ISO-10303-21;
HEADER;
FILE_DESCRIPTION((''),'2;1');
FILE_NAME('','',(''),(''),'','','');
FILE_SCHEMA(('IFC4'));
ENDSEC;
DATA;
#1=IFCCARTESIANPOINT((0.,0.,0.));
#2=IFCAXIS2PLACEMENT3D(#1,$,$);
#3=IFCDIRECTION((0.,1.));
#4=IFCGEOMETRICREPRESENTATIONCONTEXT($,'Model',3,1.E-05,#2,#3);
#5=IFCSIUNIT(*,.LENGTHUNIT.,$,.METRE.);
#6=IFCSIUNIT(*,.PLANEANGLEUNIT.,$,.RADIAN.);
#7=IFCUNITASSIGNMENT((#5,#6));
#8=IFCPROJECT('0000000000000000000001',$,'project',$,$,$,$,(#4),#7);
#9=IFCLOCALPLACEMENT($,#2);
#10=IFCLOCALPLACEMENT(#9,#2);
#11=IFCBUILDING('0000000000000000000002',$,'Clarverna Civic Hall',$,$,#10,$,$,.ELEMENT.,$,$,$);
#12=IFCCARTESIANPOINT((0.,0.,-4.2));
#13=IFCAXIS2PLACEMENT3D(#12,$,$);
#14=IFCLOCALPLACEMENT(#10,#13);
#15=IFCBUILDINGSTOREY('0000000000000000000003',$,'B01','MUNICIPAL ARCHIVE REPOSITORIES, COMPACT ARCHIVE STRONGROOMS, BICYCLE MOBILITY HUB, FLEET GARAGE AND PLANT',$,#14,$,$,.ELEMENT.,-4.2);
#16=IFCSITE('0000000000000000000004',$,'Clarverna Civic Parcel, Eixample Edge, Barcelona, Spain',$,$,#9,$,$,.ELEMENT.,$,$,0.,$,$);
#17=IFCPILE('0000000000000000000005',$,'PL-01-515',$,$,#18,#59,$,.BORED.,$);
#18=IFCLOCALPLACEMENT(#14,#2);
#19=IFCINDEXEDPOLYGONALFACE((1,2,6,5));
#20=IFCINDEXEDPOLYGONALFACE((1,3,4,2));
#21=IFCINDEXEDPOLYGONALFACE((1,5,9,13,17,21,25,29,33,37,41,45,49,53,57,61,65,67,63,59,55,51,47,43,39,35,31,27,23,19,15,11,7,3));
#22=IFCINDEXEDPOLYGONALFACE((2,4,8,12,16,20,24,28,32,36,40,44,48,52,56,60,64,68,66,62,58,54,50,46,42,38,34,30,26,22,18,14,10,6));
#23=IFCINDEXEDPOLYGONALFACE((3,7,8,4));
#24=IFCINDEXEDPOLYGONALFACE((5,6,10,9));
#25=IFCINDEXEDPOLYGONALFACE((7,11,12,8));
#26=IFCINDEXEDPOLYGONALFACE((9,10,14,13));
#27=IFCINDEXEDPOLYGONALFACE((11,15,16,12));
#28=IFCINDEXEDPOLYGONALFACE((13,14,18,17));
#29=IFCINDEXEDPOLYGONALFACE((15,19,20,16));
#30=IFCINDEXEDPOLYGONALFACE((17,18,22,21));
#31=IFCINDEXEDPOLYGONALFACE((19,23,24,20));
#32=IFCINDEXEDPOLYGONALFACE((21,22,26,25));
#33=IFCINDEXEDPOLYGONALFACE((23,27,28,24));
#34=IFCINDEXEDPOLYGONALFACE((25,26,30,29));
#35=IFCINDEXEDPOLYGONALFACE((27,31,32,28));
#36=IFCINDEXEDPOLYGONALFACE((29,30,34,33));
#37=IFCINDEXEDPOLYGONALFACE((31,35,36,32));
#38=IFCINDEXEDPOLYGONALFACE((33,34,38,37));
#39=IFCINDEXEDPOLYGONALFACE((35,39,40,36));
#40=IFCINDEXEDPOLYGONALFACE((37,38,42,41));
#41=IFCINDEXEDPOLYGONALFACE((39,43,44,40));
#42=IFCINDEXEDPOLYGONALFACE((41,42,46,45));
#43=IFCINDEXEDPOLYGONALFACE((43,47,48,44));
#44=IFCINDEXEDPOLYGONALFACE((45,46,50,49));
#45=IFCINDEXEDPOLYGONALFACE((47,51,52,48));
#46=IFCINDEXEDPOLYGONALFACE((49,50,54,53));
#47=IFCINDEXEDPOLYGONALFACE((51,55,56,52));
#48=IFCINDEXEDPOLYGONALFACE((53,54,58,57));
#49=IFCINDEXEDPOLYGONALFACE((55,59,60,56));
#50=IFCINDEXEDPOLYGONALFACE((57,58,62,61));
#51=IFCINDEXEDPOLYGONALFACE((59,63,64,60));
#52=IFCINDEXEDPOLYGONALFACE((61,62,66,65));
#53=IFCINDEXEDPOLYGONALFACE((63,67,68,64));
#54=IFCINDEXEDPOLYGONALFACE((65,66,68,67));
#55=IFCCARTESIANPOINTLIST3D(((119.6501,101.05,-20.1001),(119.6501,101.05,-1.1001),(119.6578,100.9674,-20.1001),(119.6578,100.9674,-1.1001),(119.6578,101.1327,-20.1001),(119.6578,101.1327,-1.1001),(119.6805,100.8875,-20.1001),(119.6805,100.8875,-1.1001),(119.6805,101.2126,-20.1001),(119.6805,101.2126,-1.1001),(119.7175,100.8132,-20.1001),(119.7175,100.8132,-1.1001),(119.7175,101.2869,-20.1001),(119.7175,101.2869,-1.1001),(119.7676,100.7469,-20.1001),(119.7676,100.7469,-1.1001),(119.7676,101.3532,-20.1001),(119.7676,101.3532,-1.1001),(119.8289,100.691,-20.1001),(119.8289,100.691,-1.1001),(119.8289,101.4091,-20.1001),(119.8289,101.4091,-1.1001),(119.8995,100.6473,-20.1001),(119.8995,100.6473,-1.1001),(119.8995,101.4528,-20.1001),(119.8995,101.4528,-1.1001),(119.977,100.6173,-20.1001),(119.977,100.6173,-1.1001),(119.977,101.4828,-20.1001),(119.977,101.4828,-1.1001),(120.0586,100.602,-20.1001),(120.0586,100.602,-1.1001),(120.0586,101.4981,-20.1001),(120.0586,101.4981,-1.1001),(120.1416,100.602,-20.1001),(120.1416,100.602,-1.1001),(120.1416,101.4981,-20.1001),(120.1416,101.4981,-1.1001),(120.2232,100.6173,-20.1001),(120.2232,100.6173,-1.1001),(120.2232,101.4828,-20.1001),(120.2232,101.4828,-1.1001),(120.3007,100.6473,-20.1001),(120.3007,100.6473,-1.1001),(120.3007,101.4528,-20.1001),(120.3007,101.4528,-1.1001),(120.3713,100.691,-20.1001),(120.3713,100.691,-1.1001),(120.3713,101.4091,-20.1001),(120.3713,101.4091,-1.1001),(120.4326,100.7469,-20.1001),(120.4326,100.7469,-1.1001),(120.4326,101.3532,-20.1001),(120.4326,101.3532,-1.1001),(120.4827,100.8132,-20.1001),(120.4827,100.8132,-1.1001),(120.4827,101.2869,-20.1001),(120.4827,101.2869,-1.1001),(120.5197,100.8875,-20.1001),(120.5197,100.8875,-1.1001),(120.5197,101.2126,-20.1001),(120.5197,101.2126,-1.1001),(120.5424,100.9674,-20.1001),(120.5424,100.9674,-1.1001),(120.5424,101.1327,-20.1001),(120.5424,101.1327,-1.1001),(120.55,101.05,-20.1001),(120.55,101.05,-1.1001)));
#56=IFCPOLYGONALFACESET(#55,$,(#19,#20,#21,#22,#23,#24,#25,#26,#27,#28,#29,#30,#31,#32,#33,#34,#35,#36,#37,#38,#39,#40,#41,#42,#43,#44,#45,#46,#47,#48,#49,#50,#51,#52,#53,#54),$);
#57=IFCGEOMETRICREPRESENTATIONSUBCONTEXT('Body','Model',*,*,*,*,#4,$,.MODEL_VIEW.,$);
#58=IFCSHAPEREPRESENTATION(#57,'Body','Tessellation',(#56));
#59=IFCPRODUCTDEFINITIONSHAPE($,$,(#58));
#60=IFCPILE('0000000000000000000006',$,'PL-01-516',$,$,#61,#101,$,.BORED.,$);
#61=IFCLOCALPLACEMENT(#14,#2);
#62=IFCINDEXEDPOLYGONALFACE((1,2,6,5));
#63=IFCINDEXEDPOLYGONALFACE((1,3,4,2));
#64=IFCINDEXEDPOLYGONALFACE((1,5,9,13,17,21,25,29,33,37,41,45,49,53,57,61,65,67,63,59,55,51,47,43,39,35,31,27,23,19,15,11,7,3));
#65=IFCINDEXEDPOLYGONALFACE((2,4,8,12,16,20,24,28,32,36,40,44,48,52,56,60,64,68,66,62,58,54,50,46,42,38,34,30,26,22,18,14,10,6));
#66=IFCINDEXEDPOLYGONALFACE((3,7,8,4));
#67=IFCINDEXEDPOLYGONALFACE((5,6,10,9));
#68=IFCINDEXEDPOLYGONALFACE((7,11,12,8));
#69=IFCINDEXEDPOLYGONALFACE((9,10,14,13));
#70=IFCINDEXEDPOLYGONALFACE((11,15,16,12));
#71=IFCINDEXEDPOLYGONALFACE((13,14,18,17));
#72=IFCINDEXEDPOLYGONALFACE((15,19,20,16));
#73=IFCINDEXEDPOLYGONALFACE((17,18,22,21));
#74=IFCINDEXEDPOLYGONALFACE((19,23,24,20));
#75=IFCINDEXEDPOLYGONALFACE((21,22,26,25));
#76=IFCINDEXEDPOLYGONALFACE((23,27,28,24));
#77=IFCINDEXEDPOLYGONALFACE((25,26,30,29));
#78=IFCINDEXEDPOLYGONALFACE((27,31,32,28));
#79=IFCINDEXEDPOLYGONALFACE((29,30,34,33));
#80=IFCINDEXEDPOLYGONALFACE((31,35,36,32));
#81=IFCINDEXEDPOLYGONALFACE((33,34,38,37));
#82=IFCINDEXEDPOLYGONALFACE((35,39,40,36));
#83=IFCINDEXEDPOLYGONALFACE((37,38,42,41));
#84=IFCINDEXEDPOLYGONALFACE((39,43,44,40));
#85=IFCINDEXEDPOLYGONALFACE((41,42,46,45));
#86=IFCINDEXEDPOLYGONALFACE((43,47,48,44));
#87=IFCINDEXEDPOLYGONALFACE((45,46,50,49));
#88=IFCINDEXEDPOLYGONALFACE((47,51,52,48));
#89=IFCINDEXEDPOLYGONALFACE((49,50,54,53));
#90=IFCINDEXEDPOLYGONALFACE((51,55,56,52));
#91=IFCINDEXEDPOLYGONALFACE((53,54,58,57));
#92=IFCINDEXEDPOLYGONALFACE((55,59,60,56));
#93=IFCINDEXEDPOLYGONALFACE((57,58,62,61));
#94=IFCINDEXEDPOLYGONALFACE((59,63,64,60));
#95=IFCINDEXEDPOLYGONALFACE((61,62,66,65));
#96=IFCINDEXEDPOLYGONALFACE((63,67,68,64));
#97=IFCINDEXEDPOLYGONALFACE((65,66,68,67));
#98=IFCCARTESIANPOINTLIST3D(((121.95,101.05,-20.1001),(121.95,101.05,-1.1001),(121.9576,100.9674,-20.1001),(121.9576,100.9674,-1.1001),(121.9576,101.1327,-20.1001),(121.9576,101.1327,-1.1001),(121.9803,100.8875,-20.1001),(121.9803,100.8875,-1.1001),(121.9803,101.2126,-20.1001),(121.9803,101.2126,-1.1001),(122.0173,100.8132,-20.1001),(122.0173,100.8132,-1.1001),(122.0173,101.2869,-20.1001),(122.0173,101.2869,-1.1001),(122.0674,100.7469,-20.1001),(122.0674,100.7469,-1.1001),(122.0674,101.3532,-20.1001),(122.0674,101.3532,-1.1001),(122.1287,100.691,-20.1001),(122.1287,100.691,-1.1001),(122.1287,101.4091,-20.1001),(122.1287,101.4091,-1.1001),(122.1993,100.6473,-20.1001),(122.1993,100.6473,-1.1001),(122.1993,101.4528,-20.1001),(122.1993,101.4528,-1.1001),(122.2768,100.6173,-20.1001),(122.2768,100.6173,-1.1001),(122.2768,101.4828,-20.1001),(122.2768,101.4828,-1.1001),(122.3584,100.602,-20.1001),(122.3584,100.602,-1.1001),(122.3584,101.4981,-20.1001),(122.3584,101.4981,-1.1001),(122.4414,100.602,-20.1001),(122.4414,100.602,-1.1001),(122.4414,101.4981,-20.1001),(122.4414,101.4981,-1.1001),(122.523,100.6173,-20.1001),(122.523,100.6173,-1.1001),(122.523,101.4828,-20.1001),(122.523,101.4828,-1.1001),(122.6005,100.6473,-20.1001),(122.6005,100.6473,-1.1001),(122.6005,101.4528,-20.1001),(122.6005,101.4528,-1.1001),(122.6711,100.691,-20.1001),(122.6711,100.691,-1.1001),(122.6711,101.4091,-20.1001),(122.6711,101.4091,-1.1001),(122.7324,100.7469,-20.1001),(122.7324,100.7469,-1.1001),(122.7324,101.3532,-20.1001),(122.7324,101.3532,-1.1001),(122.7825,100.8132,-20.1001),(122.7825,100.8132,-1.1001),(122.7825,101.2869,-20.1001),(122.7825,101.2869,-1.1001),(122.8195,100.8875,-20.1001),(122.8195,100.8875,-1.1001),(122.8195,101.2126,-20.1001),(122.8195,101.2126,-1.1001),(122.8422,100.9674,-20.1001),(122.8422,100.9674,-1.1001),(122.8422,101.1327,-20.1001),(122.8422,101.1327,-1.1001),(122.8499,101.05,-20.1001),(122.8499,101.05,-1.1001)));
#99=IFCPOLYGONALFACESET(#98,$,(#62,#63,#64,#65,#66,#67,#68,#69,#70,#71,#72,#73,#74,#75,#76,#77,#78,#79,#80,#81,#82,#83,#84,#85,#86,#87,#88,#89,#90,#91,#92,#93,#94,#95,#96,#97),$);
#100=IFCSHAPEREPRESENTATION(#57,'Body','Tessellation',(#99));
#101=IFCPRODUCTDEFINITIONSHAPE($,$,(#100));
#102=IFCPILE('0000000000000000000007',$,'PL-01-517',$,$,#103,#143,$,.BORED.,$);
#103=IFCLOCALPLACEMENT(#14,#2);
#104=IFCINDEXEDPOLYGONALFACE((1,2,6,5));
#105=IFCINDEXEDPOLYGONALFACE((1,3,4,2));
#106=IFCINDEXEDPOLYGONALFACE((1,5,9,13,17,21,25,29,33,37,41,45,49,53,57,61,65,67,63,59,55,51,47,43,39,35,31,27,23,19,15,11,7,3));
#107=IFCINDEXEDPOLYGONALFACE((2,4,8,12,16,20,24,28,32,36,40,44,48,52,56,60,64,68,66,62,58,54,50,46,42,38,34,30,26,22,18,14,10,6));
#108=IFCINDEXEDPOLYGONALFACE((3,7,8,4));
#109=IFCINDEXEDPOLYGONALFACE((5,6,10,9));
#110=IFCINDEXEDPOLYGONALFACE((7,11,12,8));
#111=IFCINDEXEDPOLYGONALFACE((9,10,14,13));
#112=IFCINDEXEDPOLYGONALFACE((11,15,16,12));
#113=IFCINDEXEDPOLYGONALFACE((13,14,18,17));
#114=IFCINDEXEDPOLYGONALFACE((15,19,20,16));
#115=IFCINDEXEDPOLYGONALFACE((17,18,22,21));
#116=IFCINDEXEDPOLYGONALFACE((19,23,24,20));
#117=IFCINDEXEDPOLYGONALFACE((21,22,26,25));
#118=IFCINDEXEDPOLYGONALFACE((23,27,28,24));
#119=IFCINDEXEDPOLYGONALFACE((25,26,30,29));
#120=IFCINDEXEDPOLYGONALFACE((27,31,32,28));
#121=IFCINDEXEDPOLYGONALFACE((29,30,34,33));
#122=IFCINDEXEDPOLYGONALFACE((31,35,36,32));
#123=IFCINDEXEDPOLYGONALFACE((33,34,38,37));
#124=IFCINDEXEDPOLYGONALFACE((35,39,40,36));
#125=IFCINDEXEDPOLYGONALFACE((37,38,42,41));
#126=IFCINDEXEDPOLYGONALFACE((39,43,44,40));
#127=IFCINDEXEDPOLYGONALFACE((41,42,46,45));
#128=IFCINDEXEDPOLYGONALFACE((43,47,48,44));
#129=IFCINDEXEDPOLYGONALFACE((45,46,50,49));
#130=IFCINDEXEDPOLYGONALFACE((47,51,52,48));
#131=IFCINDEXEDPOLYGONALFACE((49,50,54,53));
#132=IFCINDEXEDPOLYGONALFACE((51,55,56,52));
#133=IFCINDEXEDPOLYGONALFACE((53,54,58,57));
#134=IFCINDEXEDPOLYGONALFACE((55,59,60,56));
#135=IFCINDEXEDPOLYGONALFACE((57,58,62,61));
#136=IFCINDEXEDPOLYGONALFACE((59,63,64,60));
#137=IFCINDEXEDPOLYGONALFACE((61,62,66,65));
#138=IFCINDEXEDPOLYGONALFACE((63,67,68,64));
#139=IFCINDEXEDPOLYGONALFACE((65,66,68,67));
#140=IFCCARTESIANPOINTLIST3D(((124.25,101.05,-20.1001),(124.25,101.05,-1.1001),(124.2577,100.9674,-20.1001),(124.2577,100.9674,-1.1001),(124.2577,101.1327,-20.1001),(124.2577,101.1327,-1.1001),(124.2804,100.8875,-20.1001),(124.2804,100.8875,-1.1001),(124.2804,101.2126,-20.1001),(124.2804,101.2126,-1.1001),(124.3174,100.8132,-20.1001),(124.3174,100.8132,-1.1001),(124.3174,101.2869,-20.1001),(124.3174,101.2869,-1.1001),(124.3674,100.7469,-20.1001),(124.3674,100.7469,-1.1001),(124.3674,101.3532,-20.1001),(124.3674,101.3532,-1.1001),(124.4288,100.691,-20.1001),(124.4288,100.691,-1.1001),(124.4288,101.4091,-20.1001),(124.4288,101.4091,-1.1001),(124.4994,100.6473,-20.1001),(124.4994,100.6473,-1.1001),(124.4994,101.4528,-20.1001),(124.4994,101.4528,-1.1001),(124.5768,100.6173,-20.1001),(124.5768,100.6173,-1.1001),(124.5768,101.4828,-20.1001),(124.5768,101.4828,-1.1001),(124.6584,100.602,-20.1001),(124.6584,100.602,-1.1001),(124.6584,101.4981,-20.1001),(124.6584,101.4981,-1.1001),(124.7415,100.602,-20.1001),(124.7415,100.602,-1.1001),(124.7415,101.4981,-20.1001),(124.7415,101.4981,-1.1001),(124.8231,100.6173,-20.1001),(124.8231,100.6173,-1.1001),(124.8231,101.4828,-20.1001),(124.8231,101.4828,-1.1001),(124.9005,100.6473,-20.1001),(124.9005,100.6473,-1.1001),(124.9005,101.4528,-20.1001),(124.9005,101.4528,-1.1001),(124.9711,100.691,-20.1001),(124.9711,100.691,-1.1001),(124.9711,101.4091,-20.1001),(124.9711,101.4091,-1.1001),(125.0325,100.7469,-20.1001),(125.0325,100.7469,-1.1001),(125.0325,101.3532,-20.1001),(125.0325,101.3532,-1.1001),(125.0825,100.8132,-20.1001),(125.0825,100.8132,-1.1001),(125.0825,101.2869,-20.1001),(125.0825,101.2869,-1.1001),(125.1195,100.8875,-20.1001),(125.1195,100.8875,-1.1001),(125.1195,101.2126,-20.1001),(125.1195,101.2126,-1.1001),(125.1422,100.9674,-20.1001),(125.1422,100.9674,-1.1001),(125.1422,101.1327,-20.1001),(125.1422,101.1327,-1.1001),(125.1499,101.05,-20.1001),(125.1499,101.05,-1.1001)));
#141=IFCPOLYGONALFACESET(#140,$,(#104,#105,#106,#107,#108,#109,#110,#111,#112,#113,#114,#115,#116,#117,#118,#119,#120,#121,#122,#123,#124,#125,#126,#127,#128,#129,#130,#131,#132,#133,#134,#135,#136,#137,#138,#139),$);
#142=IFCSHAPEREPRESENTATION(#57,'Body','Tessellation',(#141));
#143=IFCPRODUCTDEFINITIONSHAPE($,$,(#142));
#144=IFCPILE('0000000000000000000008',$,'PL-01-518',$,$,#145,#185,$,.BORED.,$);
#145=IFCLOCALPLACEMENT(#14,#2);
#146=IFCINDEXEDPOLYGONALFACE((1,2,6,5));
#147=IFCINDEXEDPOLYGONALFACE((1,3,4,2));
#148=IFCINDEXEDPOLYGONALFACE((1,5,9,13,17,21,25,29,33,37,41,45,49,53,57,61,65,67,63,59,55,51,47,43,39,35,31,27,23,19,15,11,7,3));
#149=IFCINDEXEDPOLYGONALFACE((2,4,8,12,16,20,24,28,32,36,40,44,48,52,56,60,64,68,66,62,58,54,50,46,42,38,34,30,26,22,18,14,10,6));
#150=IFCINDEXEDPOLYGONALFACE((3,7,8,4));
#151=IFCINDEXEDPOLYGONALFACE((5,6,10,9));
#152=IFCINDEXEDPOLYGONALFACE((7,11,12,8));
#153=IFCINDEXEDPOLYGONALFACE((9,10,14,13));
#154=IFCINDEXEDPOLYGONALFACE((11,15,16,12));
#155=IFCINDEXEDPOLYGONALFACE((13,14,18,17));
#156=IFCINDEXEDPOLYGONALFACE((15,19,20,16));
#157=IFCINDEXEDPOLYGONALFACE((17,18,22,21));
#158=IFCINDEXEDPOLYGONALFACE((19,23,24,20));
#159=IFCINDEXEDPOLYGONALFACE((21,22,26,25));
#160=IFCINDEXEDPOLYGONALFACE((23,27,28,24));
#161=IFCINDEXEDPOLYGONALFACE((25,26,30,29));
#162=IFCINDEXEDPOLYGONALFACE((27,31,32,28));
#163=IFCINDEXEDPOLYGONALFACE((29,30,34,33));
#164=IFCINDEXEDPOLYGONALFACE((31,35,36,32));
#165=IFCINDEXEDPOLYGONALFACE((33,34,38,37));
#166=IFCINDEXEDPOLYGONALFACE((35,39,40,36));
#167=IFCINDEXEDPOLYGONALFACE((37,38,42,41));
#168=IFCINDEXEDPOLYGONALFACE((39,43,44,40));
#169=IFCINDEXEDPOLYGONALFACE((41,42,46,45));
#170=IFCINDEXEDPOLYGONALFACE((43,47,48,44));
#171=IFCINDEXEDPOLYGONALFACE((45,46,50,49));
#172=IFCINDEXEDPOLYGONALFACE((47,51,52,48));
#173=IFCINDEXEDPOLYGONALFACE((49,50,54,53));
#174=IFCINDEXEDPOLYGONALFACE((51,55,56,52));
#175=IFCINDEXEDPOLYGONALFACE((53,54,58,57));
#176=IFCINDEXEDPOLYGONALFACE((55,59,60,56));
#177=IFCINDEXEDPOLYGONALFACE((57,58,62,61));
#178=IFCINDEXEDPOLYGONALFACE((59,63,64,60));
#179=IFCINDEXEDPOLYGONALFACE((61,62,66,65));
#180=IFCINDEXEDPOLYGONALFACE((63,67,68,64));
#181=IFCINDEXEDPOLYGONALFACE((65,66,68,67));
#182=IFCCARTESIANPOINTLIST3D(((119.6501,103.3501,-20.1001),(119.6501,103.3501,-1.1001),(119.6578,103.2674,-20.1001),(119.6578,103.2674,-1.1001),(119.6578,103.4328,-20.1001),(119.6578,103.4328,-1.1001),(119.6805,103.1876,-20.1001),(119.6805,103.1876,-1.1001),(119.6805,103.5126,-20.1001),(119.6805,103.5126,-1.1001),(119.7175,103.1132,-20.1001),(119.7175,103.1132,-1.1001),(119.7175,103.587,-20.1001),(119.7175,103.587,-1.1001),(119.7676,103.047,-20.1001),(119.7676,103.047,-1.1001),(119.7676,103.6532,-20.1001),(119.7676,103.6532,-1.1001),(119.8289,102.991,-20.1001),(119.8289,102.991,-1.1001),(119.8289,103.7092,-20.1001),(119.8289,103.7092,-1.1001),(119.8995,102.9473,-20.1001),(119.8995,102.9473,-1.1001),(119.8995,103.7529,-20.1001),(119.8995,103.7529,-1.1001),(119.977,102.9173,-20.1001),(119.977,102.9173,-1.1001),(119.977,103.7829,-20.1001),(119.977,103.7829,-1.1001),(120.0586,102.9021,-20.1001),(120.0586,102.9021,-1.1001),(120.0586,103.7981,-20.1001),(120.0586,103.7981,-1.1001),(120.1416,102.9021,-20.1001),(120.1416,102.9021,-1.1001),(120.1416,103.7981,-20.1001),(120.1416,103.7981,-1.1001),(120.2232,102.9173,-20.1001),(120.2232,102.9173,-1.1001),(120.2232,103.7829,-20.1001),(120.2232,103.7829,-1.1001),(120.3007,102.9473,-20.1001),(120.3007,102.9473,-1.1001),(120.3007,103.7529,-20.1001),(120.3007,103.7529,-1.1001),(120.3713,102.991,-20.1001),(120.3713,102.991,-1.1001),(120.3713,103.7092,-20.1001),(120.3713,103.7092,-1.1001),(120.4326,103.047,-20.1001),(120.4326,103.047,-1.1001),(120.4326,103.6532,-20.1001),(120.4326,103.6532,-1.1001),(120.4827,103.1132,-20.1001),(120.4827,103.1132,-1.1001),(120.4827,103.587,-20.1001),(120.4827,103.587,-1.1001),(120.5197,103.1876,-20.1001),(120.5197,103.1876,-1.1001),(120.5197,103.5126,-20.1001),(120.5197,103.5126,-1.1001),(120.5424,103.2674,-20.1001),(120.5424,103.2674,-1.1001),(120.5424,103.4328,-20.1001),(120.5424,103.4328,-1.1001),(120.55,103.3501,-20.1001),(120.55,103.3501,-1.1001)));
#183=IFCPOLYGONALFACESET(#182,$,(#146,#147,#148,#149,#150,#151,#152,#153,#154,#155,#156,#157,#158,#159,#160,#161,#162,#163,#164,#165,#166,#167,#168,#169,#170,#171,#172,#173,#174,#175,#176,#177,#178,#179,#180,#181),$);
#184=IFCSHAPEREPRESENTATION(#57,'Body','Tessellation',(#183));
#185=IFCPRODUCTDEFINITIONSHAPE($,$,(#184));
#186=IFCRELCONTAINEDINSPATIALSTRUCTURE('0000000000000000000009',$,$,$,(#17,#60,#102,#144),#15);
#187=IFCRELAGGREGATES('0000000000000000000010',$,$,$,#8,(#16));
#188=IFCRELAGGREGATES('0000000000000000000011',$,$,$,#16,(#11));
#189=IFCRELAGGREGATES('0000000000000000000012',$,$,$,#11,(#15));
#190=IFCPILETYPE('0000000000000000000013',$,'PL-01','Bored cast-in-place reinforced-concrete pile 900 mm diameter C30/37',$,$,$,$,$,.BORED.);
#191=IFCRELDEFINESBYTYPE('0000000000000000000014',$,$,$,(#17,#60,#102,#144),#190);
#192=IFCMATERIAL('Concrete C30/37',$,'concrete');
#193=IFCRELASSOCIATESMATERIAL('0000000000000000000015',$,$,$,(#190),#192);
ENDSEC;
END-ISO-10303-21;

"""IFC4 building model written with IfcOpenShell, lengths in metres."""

from ifc_helpers import new_model, si_unit, direction, frame, origin, origin_2d, place, context, subcontext, project, spatial, circle, extrude, material, material_profile, profile_set, type_object, element, save


model = new_model("IFC4")

# Units and contexts
model_context = context("Model", 3, precision=1e-05, world=origin(), true_north=direction((0.0, 1.0)))
body_context = subcontext(model_context, "Body", "Model", "MODEL_VIEW")
ifc_project = project(units=[si_unit("LENGTHUNIT", "METRE"), si_unit("PLANEANGLEUNIT", "RADIAN")], contexts=[model_context])

# Site, building, storey
site_placement = place(None, origin())
site = spatial("IfcSite", under=ifc_project, at=site_placement, Name="Clarverna Civic Parcel, Eixample Edge, Barcelona, Spain", CompositionType="ELEMENT", RefElevation=0.0)
building_placement = place(site_placement, origin())
building = spatial("IfcBuilding", under=site, at=building_placement, Name="Clarverna Civic Hall", CompositionType="ELEMENT")
storey_placement = place(building_placement, frame((0.0, 0.0, -4.2)))
storey = spatial("IfcBuildingStorey", under=building, at=storey_placement, Name="B01", Description="MUNICIPAL ARCHIVE REPOSITORIES, COMPACT ARCHIVE STRONGROOMS, BICYCLE MOBILITY HUB, FLEET GARAGE AND PLANT", CompositionType="ELEMENT", Elevation=-4.2)

# Shared definitions
ifc_material_1 = material(Name="Concrete C30/37", Category="concrete")

# Piles
ifc_material_profile_1 = material_profile(ifc_material_1, circle(Radius=0.45, at=origin_2d()), Name="BORED PILE D900")
ifc_profile_set_1 = profile_set([ifc_material_profile_1], Name="Concrete C30/37")
pile_type = type_object("IfcPileType", Name="PL-01", Description="Bored cast-in-place reinforced-concrete pile 900 mm diameter C30/37", PredefinedType="BORED", material=ifc_profile_set_1)
for number, where, z_axis, x_axis, name in (
    (1, (120.1001, 101.05, -1.1001), (0.0, 0.0, -1.0), (1.0, 0.0, 0.0), "PL-01-515"),
    (2, (122.3999, 101.05, -1.1001), (0.0, 0.0, -1.0), (1.0, 0.0, 0.0), "PL-01-516"),
    (3, (124.7, 101.05, -1.1001), (0.0, 0.0, -1.0), (1.0, 0.0, 0.0), "PL-01-517"),
    (4, (120.1001, 103.3501, -1.1001), (0.0, 0.0, -1.0), (1.0, 0.0, 0.0), "PL-01-518"),
):
    element("IfcPile", number, at=place(storey_placement, frame(where, z_axis=z_axis, x_axis=x_axis)), inside=storey, type_object=pile_type, Name=name, PredefinedType="BORED", context=body_context, shape_type="SweptSolid", body=[
        extrude(circle(Radius=0.45, at=origin_2d()), origin(), (0.0, 0.0, 1.0), 19.0),
    ])

save(model, "model.ifc")
